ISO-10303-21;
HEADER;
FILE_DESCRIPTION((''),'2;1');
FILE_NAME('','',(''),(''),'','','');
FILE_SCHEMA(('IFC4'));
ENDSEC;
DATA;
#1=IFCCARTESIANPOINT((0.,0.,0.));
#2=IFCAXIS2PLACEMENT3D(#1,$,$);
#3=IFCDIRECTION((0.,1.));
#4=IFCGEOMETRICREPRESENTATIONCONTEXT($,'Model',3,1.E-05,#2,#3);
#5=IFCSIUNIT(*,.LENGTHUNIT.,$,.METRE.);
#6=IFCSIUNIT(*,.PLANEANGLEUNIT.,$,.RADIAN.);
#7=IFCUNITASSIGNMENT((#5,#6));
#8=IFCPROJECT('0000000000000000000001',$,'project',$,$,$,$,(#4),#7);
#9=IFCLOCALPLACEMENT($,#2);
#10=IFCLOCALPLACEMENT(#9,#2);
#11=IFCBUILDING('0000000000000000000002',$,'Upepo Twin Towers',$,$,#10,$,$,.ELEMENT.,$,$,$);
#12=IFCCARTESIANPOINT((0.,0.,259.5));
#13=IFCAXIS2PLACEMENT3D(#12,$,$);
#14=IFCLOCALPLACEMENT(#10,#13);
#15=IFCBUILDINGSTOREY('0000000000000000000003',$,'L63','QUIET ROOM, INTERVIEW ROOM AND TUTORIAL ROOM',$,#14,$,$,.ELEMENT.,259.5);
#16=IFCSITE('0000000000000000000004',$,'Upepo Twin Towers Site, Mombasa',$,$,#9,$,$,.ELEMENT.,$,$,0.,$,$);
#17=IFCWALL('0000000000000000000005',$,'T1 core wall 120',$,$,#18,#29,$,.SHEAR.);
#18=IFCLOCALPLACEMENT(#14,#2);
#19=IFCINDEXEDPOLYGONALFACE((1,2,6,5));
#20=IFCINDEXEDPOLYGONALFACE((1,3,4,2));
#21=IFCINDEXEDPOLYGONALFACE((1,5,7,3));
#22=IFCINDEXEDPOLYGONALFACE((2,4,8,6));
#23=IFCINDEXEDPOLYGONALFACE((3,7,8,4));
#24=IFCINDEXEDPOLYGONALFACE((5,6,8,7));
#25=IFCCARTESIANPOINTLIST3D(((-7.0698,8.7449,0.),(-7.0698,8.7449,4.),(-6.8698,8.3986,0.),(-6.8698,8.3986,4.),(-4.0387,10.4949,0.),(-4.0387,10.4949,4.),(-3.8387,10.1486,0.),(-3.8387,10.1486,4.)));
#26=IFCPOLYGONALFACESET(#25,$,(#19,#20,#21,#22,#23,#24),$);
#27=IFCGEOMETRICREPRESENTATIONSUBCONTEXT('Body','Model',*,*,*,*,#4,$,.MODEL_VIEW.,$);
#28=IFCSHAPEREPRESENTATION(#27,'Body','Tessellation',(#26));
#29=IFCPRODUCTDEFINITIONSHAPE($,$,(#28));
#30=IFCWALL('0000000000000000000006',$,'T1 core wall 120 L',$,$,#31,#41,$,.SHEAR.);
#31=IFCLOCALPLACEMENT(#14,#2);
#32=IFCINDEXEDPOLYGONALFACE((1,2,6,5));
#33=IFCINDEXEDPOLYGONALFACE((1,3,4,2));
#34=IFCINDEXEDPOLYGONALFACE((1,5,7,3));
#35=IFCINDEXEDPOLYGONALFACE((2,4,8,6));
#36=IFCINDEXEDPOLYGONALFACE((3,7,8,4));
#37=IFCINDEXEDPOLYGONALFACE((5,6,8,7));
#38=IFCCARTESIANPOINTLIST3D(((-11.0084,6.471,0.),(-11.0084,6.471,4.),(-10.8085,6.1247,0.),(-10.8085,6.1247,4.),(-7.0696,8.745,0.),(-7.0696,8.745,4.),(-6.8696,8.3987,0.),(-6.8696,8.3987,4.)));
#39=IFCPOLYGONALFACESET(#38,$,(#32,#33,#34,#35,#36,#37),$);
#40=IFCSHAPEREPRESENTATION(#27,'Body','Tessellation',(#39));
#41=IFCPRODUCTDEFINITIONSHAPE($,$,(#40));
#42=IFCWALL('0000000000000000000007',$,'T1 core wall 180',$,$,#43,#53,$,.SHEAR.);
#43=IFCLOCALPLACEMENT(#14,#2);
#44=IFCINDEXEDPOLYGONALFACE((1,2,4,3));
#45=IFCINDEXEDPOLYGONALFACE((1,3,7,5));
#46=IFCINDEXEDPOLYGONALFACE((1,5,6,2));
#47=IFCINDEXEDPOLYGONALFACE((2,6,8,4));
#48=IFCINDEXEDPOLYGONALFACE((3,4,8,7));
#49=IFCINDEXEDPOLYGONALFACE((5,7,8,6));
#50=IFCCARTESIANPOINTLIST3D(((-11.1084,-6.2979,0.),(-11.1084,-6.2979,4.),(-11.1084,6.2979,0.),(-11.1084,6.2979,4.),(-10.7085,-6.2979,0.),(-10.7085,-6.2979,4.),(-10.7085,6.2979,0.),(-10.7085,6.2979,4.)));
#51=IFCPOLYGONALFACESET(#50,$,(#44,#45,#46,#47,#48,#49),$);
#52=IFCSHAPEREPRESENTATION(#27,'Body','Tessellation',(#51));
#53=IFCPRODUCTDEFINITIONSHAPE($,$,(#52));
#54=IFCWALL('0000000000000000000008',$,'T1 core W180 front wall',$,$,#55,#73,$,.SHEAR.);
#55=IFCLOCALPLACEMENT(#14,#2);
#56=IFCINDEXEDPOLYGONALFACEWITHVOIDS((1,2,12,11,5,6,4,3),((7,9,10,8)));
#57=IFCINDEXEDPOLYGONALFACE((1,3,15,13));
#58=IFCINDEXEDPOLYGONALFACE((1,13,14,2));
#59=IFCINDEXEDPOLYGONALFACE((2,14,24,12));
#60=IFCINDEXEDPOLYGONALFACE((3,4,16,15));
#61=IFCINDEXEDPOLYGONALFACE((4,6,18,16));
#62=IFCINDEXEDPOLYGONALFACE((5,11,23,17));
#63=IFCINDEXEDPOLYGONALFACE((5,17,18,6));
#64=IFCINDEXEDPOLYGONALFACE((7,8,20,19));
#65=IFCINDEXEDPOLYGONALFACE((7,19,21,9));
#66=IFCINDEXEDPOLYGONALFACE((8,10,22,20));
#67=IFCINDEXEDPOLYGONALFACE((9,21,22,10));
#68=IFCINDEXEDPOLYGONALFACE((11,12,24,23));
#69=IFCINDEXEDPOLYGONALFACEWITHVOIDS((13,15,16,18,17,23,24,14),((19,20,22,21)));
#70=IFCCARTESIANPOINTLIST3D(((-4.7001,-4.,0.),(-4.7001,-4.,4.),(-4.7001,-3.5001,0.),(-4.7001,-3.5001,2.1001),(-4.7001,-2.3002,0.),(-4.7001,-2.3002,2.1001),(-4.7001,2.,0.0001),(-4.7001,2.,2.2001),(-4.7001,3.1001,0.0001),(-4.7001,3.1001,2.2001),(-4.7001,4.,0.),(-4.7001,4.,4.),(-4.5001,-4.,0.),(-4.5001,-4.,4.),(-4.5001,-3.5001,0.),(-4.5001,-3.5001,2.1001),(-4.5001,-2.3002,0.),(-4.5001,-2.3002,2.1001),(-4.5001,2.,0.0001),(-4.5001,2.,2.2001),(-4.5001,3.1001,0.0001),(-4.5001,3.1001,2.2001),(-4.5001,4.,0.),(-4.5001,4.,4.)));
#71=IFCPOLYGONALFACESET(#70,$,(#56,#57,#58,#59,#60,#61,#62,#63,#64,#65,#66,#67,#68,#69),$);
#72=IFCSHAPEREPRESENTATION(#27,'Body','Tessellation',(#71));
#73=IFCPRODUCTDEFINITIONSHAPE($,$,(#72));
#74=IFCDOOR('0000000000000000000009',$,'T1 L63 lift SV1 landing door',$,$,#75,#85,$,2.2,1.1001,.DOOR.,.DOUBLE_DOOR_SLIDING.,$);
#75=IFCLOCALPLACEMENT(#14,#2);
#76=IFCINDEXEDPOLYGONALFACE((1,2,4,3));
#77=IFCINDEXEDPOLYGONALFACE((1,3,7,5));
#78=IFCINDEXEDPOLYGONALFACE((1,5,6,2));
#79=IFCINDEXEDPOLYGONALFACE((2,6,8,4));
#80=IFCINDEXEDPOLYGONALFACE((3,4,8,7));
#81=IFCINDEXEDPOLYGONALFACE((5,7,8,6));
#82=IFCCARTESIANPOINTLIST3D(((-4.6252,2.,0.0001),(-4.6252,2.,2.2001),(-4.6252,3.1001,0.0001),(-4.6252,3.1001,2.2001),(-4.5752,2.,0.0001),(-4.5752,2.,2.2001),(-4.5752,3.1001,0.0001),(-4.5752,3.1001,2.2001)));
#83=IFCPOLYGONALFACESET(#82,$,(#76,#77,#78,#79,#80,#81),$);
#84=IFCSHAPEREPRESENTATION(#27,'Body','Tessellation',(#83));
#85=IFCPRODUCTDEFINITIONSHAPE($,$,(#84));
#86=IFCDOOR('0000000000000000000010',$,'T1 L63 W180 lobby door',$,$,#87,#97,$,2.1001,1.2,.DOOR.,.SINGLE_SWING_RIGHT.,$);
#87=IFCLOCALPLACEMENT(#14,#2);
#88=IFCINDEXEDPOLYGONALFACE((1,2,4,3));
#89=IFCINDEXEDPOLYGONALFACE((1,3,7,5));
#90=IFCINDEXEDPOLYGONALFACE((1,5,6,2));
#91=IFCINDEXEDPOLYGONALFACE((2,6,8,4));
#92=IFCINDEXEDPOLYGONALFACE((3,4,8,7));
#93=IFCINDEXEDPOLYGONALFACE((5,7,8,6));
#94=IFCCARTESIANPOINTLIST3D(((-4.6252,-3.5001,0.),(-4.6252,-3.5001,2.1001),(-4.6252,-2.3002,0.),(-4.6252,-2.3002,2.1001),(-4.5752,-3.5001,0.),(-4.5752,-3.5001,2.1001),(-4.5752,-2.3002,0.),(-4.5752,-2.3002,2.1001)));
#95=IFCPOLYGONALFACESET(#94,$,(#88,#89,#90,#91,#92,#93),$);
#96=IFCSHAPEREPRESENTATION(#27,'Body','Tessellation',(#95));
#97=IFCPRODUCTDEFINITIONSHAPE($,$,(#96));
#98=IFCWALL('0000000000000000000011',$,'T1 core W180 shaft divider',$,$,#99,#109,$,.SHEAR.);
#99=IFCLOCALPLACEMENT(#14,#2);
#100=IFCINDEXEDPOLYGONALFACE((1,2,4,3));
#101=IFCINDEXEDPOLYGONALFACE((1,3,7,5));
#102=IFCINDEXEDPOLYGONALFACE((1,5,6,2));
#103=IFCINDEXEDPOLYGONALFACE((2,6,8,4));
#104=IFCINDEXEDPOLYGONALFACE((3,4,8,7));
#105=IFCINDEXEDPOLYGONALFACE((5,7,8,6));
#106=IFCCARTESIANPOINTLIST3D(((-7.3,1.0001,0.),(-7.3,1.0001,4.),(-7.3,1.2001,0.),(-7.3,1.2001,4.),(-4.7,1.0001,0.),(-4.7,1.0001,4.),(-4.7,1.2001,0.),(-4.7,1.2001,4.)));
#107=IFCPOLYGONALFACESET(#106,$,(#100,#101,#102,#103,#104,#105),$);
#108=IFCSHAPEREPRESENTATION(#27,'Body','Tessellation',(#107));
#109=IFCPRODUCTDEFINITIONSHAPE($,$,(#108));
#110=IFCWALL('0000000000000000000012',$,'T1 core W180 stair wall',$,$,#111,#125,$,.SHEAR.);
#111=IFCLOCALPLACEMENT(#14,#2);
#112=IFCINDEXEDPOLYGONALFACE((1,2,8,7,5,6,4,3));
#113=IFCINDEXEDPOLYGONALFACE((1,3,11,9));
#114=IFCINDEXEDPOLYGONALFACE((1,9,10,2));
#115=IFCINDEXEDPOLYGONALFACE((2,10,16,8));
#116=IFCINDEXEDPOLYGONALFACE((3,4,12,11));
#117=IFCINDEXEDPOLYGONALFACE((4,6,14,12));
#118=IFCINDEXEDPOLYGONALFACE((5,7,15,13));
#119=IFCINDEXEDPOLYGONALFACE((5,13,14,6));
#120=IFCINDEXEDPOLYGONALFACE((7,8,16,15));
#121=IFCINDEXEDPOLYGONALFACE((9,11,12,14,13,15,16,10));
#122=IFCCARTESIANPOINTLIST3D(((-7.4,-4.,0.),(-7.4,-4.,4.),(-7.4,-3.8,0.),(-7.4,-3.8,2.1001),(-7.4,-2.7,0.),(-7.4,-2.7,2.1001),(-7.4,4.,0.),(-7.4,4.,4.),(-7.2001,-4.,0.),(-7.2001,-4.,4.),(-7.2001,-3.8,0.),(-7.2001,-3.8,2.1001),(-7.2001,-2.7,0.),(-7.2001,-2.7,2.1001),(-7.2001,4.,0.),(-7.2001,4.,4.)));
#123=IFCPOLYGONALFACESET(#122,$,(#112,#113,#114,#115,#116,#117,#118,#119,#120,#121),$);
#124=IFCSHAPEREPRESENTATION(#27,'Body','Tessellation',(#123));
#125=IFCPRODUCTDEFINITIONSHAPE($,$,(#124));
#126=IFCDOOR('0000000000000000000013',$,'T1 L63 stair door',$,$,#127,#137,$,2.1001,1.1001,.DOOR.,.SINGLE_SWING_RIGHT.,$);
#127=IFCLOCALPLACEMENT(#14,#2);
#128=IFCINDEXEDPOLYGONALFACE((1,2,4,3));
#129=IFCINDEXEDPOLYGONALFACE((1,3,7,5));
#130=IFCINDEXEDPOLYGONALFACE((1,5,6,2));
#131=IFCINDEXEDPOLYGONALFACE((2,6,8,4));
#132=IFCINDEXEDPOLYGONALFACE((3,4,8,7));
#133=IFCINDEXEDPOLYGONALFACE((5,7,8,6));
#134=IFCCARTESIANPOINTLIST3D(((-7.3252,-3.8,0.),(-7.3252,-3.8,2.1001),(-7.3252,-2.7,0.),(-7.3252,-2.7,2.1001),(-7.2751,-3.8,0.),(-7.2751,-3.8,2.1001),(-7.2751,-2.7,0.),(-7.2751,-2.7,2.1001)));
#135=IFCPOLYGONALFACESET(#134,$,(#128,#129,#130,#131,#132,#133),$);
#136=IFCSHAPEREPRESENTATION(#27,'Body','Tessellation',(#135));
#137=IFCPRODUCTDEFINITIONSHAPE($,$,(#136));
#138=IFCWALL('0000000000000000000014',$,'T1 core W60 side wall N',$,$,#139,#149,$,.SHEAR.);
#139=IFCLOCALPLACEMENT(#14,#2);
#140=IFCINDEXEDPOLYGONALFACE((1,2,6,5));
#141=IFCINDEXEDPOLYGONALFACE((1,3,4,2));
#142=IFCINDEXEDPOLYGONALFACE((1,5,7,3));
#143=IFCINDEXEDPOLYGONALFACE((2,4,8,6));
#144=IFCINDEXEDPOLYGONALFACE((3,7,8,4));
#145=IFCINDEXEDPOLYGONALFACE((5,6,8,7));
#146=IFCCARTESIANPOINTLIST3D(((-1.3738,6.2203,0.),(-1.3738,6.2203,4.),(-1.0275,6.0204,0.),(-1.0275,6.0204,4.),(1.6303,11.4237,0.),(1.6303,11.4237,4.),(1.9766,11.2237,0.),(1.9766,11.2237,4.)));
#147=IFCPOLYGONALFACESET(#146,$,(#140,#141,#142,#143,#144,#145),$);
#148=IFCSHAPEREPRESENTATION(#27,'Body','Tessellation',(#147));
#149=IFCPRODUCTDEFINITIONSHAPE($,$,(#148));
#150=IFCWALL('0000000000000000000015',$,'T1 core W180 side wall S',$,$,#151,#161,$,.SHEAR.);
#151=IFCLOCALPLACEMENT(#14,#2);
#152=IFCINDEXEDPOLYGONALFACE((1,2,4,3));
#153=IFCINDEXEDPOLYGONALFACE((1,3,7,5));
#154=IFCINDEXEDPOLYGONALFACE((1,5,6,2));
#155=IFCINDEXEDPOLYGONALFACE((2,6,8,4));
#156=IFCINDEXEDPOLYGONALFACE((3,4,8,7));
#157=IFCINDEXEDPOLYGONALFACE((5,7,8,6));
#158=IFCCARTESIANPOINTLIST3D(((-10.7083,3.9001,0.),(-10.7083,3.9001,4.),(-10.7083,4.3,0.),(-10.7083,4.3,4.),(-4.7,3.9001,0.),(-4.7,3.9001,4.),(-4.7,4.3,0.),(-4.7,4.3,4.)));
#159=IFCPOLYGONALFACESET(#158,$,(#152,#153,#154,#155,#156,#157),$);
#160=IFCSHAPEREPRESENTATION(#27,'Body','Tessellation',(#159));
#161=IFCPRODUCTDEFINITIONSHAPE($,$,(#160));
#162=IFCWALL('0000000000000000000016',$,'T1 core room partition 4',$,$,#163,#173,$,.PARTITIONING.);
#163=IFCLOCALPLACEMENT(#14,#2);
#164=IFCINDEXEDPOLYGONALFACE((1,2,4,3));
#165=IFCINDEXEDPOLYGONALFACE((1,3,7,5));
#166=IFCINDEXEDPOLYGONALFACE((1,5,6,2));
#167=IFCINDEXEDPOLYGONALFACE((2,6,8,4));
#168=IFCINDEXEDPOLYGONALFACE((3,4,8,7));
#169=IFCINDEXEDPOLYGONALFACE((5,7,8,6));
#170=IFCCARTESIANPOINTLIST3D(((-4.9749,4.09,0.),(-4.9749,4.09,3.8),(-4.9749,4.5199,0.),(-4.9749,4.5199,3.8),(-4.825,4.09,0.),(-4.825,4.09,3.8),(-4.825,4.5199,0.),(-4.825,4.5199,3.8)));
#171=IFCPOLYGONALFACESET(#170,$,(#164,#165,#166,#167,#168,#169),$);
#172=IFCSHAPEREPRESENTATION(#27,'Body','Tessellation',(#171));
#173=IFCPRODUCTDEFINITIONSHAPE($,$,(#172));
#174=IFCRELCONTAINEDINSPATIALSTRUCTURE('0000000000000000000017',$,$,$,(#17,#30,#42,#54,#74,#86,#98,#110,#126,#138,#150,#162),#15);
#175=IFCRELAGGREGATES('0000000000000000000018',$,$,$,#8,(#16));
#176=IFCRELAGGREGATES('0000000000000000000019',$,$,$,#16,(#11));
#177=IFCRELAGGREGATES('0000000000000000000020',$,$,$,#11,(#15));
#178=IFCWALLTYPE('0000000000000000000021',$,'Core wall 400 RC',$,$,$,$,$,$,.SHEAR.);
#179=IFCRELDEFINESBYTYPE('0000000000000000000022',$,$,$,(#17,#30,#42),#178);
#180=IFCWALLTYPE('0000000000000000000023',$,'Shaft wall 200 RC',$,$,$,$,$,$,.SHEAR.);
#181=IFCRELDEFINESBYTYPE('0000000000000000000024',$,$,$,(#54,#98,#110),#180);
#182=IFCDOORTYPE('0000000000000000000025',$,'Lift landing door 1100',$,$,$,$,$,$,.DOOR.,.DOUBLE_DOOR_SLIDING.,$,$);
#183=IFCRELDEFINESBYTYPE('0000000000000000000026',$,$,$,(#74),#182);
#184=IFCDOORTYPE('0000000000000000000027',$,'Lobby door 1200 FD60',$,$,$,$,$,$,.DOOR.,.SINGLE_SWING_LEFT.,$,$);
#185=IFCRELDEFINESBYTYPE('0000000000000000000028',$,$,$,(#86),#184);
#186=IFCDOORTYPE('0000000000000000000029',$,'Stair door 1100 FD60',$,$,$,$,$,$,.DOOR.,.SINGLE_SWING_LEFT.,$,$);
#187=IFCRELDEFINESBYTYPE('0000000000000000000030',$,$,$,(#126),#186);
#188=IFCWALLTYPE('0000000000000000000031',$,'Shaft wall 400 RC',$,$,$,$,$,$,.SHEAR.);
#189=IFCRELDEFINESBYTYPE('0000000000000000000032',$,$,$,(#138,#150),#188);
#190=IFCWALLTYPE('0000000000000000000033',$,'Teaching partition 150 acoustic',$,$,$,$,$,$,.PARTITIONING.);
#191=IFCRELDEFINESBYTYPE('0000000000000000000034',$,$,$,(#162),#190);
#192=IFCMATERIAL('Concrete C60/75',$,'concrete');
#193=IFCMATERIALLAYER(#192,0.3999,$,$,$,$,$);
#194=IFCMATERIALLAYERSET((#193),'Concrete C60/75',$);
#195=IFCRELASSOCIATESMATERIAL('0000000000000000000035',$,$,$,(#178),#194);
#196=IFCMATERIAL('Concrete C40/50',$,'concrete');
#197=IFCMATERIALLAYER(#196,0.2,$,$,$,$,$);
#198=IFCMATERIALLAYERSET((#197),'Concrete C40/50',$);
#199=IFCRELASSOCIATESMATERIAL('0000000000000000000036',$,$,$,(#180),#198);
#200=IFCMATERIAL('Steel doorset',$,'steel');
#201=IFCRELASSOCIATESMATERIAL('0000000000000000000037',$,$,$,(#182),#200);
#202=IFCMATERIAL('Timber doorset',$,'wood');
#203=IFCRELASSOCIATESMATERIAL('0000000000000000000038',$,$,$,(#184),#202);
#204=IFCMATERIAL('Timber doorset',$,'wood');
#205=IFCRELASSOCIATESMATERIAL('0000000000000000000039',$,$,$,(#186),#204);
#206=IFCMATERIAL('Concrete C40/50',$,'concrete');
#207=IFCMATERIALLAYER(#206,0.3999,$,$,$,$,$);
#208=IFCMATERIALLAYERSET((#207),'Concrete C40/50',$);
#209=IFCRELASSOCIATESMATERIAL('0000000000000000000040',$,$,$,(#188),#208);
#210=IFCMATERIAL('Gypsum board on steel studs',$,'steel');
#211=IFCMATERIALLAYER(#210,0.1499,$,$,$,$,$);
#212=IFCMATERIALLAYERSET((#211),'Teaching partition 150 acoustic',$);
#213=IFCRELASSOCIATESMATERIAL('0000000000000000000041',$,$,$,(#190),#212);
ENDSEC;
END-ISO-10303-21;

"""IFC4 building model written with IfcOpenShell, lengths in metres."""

from ifc_helpers import new_model, si_unit, direction, frame, frame_2d, origin, place, context, subcontext, project, spatial, rectangle, extrude, material, layer, layer_set, type_object, element, fill, save


model = new_model("IFC4")

# Units and contexts
model_context = context("Model", 3, precision=1e-05, world=origin(), true_north=direction((0.0, 1.0)))
body_context = subcontext(model_context, "Body", "Model", "MODEL_VIEW")
ifc_project = project(units=[si_unit("LENGTHUNIT", "METRE"), si_unit("PLANEANGLEUNIT", "RADIAN")], contexts=[model_context])

# Site, building, storey
site_placement = place(None, origin())
site = spatial("IfcSite", under=ifc_project, at=site_placement, Name="Upepo Twin Towers Site, Mombasa", CompositionType="ELEMENT", RefElevation=0.0)
building_placement = place(site_placement, origin())
building = spatial("IfcBuilding", under=site, at=building_placement, Name="Upepo Twin Towers", CompositionType="ELEMENT")
storey_placement = place(building_placement, frame((0.0, 0.0, 259.5)))
storey = spatial("IfcBuildingStorey", under=building, at=storey_placement, Name="L63", Description="QUIET ROOM, INTERVIEW ROOM AND TUTORIAL ROOM", CompositionType="ELEMENT", Elevation=259.5)

# Walls
ifc_material_1 = material(Name="Concrete C60/75", Category="concrete")
ifc_layer_1 = layer(ifc_material_1, 0.3999)
ifc_layer_set_1 = layer_set([ifc_layer_1], Name="Concrete C60/75")
wall_type_1 = type_object("IfcWallType", Name="Core wall 400 RC", PredefinedType="SHEAR", material=ifc_layer_set_1)
wall_1_placement = place(storey_placement, frame((-3.9387, 10.3218, 0.0), z_axis=(0.0, 0.0, 1.0), x_axis=(-0.866019, -0.50001, 0.0)))
element("IfcWall", 1, at=wall_1_placement, inside=storey, type_object=wall_type_1, Name="T1 core wall 120", PredefinedType="SHEAR", context=body_context, shape_type="SweptSolid", body=[
    extrude(rectangle(XDim=3.5, YDim=0.3999, at=frame_2d((1.75, 0.0))), origin(), (0.0, 0.0, 1.0), 4.0),
])
wall_2_placement = place(storey_placement, frame((-6.9697, 8.5718, 0.0), z_axis=(0.0, 0.0, 1.0), x_axis=(-0.866035, -0.499984, 0.0)))
element("IfcWall", 2, at=wall_2_placement, inside=storey, type_object=wall_type_1, Name="T1 core wall 120 L", PredefinedType="SHEAR", context=body_context, shape_type="SweptSolid", body=[
    extrude(rectangle(XDim=4.5481, YDim=0.3999, at=frame_2d((2.2739, 0.0))), origin(), (0.0, 0.0, 1.0), 4.0),
])
wall_3_placement = place(storey_placement, frame((-10.9084, 6.2979, 0.0), z_axis=(0.0, 0.0, 1.0), x_axis=(0.0, -1.0, 0.0)))
element("IfcWall", 3, at=wall_3_placement, inside=storey, type_object=wall_type_1, Name="T1 core wall 180", PredefinedType="SHEAR", context=body_context, shape_type="SweptSolid", body=[
    extrude(rectangle(XDim=12.5957, YDim=0.3999, at=frame_2d((6.2979, 0.0))), origin(), (0.0, 0.0, 1.0), 4.0),
])

# Wall, openings, doors
ifc_material_2 = material(Name="Concrete C40/50", Category="concrete")
ifc_layer_2 = layer(ifc_material_2, 0.2)
ifc_layer_set_2 = layer_set([ifc_layer_2], Name="Concrete C40/50")
wall_type_2 = type_object("IfcWallType", Name="Shaft wall 200 RC", PredefinedType="SHEAR", material=ifc_layer_set_2)
wall_4_placement = place(storey_placement, frame((-4.6001, 4.0, 0.0), z_axis=(0.0, 0.0, 1.0), x_axis=(0.0, -1.0, 0.0)))
wall_4 = element("IfcWall", 4, at=wall_4_placement, inside=storey, type_object=wall_type_2, Name="T1 core W180 front wall", PredefinedType="SHEAR", context=body_context, shape_type="SweptSolid", body=[
    extrude(rectangle(XDim=8.0, YDim=0.2, at=frame_2d((4.0, 0.0))), origin(), (0.0, 0.0, 1.0), 4.0),
])
opening_1_placement = place(wall_4_placement, frame((6.3, 0.0, 0.0)))
opening_1 = element("IfcOpeningElement", 5, at=opening_1_placement, cuts=wall_4, PredefinedType="OPENING", context=body_context, shape_type="SweptSolid", body=[
    extrude(rectangle(XDim=1.2, YDim=2.1001, at=frame_2d((0.6001, 1.05))), frame((0.0, 0.1099, 0.0), z_axis=(0.0, -1.0, 0.0), x_axis=(1.0, 0.0, 0.0)), (0.0, 0.0, 1.0), 0.22),
])
opening_2_placement = place(wall_4_placement, frame((0.8999, 0.0, 0.0)))
opening_2 = element("IfcOpeningElement", 6, at=opening_2_placement, cuts=wall_4, PredefinedType="OPENING", context=body_context, shape_type="SweptSolid", body=[
    extrude(rectangle(XDim=1.1001, YDim=2.2, at=frame_2d((0.55, 1.1001))), frame((0.0, 0.1099, 0.0), z_axis=(0.0, -1.0, 0.0), x_axis=(1.0, 0.0, 0.0)), (0.0, 0.0, 1.0), 0.22),
])
ifc_material_3 = material(Name="Steel doorset", Category="steel")
door_type_1 = type_object("IfcDoorType", Name="Lift landing door 1100", OperationType="DOUBLE_DOOR_SLIDING", PredefinedType="DOOR", material=ifc_material_3)
door_1_placement = place(opening_2_placement, origin())
door_1 = element("IfcDoor", 7, at=door_1_placement, inside=storey, type_object=door_type_1, Name="T1 L63 lift SV1 landing door", OperationType="DOUBLE_DOOR_SLIDING", OverallHeight=2.2, OverallWidth=1.1001, PredefinedType="DOOR", context=body_context, shape_type="SweptSolid", body=[
    extrude(rectangle(XDim=1.1001, YDim=2.2, at=frame_2d((0.55, 1.1001))), frame((0.0, 0.0249, 0.0), z_axis=(0.0, -1.0, 0.0), x_axis=(1.0, 0.0, 0.0)), (0.0, 0.0, 1.0), 0.05),
])
fill(opening_2, door_1)
ifc_material_4 = material(Name="Timber doorset", Category="wood")
door_type_2 = type_object("IfcDoorType", Name="Lobby door 1200 FD60", OperationType="SINGLE_SWING_LEFT", PredefinedType="DOOR", material=ifc_material_4)
door_2_placement = place(opening_1_placement, origin())
door_2 = element("IfcDoor", 8, at=door_2_placement, inside=storey, type_object=door_type_2, Name="T1 L63 W180 lobby door", OperationType="SINGLE_SWING_RIGHT", OverallHeight=2.1001, OverallWidth=1.2, PredefinedType="DOOR", context=body_context, shape_type="SweptSolid", body=[
    extrude(rectangle(XDim=1.2, YDim=2.1001, at=frame_2d((0.6001, 1.05))), frame((0.0, 0.0249, 0.0), z_axis=(0.0, -1.0, 0.0), x_axis=(1.0, 0.0, 0.0)), (0.0, 0.0, 1.0), 0.05),
])
fill(opening_1, door_2)

# Wall
wall_5_placement = place(storey_placement, frame((-4.7, 1.1001, 0.0), z_axis=(0.0, 0.0, 1.0), x_axis=(-1.0, 0.0, 0.0)))
element("IfcWall", 9, at=wall_5_placement, inside=storey, type_object=wall_type_2, Name="T1 core W180 shaft divider", PredefinedType="SHEAR", context=body_context, shape_type="SweptSolid", body=[
    extrude(rectangle(XDim=2.6001, YDim=0.2, at=frame_2d((1.3, 0.0))), origin(), (0.0, 0.0, 1.0), 4.0),
])

# Wall, opening, door
wall_6_placement = place(storey_placement, frame((-7.3, 4.0, 0.0), z_axis=(0.0, 0.0, 1.0), x_axis=(0.0, -1.0, 0.0)))
wall_6 = element("IfcWall", 10, at=wall_6_placement, inside=storey, type_object=wall_type_2, Name="T1 core W180 stair wall", PredefinedType="SHEAR", context=body_context, shape_type="SweptSolid", body=[
    extrude(rectangle(XDim=8.0, YDim=0.2, at=frame_2d((4.0, 0.0))), origin(), (0.0, 0.0, 1.0), 4.0),
])
opening_3_placement = place(wall_6_placement, frame((6.7, 0.0, 0.0)))
opening_3 = element("IfcOpeningElement", 11, at=opening_3_placement, cuts=wall_6, PredefinedType="OPENING", context=body_context, shape_type="SweptSolid", body=[
    extrude(rectangle(XDim=1.1001, YDim=2.1001, at=frame_2d((0.55, 1.05))), frame((0.0, 0.1099, 0.0), z_axis=(0.0, -1.0, 0.0), x_axis=(1.0, 0.0, 0.0)), (0.0, 0.0, 1.0), 0.22),
])
ifc_material_5 = material(Name="Timber doorset", Category="wood")
door_type_3 = type_object("IfcDoorType", Name="Stair door 1100 FD60", OperationType="SINGLE_SWING_LEFT", PredefinedType="DOOR", material=ifc_material_5)
door_3_placement = place(opening_3_placement, origin())
door_3 = element("IfcDoor", 12, at=door_3_placement, inside=storey, type_object=door_type_3, Name="T1 L63 stair door", OperationType="SINGLE_SWING_RIGHT", OverallHeight=2.1001, OverallWidth=1.1001, PredefinedType="DOOR", context=body_context, shape_type="SweptSolid", body=[
    extrude(rectangle(XDim=1.1001, YDim=2.1001, at=frame_2d((0.55, 1.05))), frame((0.0, 0.0249, 0.0), z_axis=(0.0, -1.0, 0.0), x_axis=(1.0, 0.0, 0.0)), (0.0, 0.0, 1.0), 0.05),
])
fill(opening_3, door_3)

# Walls
ifc_material_6 = material(Name="Concrete C40/50", Category="concrete")
ifc_layer_3 = layer(ifc_material_6, 0.3999)
ifc_layer_set_3 = layer_set([ifc_layer_3], Name="Concrete C40/50")
wall_type_3 = type_object("IfcWallType", Name="Shaft wall 400 RC", PredefinedType="SHEAR", material=ifc_layer_set_3)
for number, where, z_axis, x_axis, name in (
    (13, (-1.2007, 6.1204, 0.0), (0.0, 0.0, 1.0), (0.499998, 0.866027, 0.0), "T1 core W60 side wall N"),
    (14, (-4.7, 4.1001, 0.0), (0.0, 0.0, 1.0), (-1.0, 0.0, 0.0), "T1 core W180 side wall S"),
):
    element("IfcWall", number, at=place(storey_placement, frame(where, z_axis=z_axis, x_axis=x_axis)), inside=storey, type_object=wall_type_3, Name=name, PredefinedType="SHEAR", context=body_context, shape_type="SweptSolid", body=[
        extrude(rectangle(XDim=6.0083, YDim=0.3999, at=frame_2d((3.0042, 0.0))), origin(), (0.0, 0.0, 1.0), 4.0),
    ])
ifc_material_7 = material(Name="Gypsum board on steel studs", Category="steel")
ifc_layer_4 = layer(ifc_material_7, 0.1499)
ifc_layer_set_4 = layer_set([ifc_layer_4], Name="Teaching partition 150 acoustic")
wall_type_4 = type_object("IfcWallType", Name="Teaching partition 150 acoustic", PredefinedType="PARTITIONING", material=ifc_layer_set_4)
wall_7_placement = place(storey_placement, frame((-4.8999, 4.0901, 0.0), z_axis=(0.0, 0.0, 1.0), x_axis=(0.0, 1.0, 0.0)))
element("IfcWall", 15, at=wall_7_placement, inside=storey, type_object=wall_type_4, Name="T1 core room partition 4", PredefinedType="PARTITIONING", context=body_context, shape_type="SweptSolid", body=[
    extrude(rectangle(XDim=0.4299, YDim=0.1499, at=frame_2d((0.2148, 0.0))), origin(), (0.0, 0.0, 1.0), 3.8),
])

save(model, "model.ifc")
